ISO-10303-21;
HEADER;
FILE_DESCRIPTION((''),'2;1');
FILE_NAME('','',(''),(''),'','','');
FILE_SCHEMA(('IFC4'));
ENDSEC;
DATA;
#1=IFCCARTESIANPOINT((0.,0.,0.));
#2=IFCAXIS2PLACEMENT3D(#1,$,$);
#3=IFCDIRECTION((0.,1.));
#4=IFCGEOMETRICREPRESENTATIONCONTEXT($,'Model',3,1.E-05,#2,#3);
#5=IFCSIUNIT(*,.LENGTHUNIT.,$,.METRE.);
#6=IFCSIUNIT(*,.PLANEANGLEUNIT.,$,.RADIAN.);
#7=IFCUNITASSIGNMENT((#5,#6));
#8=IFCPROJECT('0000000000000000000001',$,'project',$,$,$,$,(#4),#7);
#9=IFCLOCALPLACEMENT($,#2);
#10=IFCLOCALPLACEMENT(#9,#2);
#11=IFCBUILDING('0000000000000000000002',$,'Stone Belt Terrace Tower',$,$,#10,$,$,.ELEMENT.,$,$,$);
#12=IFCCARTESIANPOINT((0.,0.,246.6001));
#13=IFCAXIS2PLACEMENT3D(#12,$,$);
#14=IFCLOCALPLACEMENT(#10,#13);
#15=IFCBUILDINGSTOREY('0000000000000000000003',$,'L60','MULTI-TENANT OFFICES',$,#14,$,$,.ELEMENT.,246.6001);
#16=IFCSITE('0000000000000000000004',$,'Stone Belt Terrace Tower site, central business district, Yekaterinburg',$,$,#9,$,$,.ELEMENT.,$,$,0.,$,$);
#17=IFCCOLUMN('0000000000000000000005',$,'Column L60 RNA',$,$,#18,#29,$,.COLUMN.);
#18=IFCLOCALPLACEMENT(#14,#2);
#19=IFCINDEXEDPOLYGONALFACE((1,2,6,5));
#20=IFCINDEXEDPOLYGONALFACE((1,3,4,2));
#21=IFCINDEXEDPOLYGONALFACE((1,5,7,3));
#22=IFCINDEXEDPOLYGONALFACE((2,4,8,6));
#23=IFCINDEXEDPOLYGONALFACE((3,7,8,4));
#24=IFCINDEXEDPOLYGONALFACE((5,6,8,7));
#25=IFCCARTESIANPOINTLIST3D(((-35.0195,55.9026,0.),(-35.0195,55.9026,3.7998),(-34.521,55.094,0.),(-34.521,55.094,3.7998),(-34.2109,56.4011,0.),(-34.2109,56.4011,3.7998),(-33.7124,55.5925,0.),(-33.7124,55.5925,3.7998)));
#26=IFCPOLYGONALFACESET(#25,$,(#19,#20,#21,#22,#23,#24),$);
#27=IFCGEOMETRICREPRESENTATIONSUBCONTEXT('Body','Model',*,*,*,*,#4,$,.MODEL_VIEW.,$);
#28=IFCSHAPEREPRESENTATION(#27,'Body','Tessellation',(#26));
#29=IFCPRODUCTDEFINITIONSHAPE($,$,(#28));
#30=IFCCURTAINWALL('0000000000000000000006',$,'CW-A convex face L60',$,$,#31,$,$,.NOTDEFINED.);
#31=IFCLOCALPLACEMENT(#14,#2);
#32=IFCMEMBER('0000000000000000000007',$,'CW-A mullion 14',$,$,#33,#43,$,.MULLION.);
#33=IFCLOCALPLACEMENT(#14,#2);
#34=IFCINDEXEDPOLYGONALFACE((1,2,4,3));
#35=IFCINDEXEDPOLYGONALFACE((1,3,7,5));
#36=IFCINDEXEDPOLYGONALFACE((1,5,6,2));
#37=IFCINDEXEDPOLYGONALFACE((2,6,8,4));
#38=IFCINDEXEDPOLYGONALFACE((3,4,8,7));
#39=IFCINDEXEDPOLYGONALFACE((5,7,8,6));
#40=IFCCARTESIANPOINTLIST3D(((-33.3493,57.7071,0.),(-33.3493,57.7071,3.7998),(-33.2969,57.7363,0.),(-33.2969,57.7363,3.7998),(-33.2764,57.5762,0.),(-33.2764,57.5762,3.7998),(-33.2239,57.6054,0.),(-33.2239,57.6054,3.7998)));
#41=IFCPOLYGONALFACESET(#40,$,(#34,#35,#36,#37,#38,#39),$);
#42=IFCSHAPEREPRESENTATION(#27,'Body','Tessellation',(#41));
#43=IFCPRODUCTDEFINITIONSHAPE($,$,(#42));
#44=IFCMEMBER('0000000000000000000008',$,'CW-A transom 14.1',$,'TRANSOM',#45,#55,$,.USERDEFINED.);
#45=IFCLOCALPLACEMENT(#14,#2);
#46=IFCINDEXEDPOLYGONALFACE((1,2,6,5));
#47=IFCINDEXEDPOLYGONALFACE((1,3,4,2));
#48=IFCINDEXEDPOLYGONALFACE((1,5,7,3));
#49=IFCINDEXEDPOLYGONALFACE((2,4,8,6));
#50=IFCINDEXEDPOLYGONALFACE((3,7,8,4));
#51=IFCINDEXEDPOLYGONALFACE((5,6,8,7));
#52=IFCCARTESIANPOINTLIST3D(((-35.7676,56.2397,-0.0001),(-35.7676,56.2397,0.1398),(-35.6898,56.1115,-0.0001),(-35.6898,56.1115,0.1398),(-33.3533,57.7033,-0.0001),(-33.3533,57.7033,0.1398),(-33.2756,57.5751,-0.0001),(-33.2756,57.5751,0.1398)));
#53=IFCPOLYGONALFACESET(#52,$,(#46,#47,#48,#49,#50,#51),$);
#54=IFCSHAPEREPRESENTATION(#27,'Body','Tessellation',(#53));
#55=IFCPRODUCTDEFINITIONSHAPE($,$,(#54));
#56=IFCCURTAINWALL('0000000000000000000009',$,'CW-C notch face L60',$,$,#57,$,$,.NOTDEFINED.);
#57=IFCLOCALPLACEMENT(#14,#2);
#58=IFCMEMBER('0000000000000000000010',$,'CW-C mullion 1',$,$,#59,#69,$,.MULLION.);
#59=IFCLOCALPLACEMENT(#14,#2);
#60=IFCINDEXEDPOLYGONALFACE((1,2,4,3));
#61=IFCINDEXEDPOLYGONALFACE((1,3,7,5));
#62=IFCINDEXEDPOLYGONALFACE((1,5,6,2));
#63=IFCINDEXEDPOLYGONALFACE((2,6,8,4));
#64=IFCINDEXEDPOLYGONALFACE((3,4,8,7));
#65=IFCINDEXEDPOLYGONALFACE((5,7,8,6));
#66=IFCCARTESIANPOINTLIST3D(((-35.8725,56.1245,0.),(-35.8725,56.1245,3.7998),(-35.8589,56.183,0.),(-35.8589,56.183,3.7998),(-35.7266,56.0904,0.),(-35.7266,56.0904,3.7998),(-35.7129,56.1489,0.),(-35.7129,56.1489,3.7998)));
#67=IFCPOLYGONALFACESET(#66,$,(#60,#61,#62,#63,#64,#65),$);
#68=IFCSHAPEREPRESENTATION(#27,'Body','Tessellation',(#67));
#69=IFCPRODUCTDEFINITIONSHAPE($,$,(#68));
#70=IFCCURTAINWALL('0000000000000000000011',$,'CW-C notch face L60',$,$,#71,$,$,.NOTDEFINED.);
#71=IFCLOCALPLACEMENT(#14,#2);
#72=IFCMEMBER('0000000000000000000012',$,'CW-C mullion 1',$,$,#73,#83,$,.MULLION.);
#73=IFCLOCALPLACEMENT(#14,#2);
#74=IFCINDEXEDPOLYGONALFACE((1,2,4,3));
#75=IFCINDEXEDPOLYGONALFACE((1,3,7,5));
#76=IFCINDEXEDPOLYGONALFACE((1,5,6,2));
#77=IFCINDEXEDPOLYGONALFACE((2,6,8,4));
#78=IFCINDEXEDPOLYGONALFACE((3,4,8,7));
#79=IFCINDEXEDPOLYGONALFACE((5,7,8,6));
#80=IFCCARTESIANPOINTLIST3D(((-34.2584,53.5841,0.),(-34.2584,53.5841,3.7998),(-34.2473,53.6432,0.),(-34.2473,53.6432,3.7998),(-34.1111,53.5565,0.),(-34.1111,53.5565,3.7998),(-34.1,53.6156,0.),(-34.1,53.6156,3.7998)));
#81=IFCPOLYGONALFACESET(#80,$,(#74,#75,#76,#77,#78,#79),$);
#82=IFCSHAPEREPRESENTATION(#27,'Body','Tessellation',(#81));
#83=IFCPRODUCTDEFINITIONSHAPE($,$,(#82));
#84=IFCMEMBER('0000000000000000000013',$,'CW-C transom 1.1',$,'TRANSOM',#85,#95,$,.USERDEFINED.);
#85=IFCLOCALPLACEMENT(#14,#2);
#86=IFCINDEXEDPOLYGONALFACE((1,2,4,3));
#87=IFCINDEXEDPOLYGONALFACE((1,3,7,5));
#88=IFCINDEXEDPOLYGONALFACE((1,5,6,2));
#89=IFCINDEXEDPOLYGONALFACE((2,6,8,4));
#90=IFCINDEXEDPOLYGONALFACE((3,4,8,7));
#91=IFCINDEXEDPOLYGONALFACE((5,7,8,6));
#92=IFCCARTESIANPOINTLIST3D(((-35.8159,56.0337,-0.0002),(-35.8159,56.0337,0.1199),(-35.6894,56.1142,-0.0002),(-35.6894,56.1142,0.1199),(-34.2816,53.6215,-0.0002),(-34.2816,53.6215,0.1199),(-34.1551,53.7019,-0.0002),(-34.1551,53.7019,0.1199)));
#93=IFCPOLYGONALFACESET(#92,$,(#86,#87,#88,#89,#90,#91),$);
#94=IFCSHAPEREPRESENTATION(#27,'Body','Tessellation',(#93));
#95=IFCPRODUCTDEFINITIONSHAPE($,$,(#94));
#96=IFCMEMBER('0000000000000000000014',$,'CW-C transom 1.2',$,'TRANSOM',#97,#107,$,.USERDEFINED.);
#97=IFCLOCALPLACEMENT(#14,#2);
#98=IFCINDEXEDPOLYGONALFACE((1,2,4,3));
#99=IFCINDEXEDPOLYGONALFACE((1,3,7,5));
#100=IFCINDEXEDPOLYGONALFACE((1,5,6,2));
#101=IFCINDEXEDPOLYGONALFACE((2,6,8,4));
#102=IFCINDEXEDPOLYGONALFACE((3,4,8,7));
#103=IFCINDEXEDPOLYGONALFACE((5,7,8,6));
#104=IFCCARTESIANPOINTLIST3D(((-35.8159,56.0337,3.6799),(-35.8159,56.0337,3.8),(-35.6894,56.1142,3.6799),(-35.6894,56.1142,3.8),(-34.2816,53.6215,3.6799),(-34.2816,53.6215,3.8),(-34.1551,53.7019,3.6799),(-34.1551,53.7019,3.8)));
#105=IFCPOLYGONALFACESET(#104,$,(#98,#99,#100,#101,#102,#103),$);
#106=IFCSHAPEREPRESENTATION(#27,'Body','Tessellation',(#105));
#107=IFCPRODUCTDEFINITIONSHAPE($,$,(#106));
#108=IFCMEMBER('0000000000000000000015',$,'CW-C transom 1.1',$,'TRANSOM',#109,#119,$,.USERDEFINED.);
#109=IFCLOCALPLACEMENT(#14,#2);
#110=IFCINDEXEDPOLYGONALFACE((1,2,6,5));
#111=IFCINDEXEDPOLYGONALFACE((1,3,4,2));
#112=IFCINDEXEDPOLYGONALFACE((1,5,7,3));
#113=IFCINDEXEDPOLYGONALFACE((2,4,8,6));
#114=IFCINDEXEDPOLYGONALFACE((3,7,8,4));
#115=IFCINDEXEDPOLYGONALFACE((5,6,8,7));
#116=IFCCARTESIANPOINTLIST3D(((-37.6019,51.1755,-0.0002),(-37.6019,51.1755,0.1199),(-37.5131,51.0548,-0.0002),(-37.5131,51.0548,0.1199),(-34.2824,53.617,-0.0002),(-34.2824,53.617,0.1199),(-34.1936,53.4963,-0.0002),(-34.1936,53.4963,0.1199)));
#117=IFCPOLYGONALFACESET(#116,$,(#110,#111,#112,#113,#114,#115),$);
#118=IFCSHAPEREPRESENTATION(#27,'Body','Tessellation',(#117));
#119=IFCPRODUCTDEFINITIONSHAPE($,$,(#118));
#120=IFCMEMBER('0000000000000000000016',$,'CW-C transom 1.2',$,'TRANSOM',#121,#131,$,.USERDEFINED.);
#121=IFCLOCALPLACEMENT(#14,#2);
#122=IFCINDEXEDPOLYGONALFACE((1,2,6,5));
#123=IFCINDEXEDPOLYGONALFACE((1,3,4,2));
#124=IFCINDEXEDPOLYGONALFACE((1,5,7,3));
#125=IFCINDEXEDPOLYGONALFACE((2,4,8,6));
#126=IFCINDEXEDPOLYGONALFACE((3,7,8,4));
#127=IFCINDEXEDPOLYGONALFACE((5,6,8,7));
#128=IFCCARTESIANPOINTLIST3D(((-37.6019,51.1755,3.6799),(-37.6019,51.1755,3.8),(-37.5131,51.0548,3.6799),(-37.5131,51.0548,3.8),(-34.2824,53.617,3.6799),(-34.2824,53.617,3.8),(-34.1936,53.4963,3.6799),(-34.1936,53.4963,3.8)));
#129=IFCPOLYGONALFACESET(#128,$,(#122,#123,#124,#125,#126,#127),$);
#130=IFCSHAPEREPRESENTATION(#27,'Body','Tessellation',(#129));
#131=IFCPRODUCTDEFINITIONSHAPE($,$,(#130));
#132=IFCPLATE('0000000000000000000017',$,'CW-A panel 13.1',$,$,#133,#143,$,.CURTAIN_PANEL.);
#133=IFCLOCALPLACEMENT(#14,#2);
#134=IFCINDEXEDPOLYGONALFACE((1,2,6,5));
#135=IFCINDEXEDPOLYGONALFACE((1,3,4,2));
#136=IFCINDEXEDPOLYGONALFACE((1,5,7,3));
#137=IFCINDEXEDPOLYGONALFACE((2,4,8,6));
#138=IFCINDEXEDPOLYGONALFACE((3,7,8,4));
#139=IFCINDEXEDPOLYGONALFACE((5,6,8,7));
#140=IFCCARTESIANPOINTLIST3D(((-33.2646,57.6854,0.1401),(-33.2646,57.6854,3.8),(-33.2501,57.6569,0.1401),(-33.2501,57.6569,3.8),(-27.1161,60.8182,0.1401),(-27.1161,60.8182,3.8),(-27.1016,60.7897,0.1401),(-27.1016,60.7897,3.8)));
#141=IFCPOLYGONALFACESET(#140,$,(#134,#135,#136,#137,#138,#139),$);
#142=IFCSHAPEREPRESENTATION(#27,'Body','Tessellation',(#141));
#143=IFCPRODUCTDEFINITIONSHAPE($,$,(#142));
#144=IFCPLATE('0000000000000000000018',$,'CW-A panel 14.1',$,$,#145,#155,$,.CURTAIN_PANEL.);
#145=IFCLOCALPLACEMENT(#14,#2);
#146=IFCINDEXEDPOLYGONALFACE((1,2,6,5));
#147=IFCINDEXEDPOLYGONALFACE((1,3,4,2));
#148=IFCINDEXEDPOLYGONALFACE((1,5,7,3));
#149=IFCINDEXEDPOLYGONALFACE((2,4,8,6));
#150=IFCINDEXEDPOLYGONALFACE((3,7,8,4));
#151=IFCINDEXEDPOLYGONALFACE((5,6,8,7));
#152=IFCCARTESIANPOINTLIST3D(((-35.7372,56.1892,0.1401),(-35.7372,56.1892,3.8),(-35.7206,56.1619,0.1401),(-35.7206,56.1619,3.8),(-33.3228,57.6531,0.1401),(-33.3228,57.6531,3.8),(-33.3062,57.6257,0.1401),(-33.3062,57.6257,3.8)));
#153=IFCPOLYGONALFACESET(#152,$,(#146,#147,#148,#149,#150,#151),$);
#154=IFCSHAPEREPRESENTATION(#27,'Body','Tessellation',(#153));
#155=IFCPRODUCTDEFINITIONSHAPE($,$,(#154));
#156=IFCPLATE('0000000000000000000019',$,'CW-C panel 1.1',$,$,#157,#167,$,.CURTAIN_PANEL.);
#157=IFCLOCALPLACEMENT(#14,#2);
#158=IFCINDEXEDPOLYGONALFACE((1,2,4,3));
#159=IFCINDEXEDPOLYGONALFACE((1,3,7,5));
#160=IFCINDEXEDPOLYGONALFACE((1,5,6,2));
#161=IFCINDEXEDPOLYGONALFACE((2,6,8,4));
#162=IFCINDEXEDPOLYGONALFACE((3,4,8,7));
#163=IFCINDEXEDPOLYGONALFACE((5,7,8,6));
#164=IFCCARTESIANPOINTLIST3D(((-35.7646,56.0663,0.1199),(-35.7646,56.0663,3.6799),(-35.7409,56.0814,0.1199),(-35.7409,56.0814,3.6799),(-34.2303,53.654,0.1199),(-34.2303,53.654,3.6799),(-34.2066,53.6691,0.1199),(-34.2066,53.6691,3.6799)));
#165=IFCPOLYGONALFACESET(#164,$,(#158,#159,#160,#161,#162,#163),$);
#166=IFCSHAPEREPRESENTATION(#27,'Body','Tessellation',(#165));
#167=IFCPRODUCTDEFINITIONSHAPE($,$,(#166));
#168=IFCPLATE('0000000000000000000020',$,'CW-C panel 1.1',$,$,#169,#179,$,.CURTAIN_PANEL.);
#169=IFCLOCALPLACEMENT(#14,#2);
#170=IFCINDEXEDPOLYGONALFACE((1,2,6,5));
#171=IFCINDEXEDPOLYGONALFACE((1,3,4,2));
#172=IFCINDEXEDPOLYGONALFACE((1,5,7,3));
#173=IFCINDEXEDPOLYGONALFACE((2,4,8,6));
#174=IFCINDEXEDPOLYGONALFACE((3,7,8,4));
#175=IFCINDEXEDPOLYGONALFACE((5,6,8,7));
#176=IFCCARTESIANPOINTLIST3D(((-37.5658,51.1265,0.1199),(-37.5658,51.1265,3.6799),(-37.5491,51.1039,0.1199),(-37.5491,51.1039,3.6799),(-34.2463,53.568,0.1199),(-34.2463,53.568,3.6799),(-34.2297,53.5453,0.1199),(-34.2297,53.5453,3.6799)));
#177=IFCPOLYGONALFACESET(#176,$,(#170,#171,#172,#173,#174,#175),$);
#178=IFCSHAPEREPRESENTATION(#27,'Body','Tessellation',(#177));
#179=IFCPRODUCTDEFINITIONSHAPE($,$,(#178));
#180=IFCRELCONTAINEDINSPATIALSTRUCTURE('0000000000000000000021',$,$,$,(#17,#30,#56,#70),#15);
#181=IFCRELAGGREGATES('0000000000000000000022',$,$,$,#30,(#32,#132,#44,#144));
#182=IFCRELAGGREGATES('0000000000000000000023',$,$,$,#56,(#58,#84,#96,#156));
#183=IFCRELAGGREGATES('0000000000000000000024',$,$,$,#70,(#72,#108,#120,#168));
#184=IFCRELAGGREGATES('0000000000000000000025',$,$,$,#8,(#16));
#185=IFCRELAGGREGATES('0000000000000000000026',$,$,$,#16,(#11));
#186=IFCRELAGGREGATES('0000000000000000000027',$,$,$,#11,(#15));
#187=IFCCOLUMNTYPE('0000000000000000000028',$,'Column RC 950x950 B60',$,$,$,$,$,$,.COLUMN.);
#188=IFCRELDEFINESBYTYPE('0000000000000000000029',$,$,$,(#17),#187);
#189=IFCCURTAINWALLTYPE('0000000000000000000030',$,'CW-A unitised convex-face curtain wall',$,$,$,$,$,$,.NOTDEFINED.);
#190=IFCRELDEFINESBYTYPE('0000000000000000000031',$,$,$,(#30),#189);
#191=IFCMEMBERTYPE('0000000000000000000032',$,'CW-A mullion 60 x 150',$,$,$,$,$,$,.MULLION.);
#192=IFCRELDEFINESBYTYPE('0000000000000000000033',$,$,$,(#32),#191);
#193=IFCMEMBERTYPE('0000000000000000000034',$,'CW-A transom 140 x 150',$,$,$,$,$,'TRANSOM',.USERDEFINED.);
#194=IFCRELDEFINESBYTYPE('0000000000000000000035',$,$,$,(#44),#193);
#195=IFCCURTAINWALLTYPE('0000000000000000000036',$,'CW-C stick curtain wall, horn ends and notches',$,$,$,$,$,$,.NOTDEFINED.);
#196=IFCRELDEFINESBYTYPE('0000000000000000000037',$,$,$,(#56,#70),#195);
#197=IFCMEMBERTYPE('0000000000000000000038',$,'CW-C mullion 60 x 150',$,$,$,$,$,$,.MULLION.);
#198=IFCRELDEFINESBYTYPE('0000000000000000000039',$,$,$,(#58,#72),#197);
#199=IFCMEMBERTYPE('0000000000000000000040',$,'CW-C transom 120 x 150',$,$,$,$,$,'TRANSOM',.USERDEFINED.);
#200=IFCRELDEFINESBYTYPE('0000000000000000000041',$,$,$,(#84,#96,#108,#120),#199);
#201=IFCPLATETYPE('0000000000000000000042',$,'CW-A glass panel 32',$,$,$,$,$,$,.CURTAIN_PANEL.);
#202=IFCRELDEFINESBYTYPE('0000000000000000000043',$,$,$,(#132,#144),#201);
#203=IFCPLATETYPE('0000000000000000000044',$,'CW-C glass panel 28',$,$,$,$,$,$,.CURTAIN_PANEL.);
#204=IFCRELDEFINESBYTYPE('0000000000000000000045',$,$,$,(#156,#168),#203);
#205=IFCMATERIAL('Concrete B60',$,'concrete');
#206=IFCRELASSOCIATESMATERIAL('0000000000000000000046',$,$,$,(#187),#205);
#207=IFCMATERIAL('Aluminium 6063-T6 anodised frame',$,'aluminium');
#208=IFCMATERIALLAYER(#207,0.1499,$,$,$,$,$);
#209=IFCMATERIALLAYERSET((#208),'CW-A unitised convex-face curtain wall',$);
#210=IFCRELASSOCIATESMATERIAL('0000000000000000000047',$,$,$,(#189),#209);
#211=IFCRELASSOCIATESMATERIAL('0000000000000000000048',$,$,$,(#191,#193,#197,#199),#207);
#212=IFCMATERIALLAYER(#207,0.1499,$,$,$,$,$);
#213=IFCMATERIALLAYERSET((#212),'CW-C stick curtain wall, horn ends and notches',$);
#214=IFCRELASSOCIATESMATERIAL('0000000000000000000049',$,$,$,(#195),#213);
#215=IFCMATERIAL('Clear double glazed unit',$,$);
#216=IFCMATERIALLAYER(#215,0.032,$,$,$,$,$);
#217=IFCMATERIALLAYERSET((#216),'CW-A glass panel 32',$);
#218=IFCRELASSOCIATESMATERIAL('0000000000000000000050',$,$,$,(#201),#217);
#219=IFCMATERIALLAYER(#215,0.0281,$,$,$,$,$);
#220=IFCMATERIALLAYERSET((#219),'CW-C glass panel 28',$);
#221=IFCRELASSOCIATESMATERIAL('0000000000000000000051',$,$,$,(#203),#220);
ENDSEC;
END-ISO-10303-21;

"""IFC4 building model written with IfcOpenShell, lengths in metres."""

from ifc_helpers import new_model, si_unit, direction, frame, origin, origin_2d, place, context, subcontext, project, spatial, rectangle, extrude, material, layer, layer_set, material_profile, profile_set, type_object, element, aggregate, save


model = new_model("IFC4")

# Units and contexts
model_context = context("Model", 3, precision=1e-05, world=origin(), true_north=direction((0.0, 1.0)))
body_context = subcontext(model_context, "Body", "Model", "MODEL_VIEW")
ifc_project = project(units=[si_unit("LENGTHUNIT", "METRE"), si_unit("PLANEANGLEUNIT", "RADIAN")], contexts=[model_context])

# Site, building, storey
site_placement = place(None, origin())
site = spatial("IfcSite", under=ifc_project, at=site_placement, Name="Stone Belt Terrace Tower site, central business district, Yekaterinburg", CompositionType="ELEMENT", RefElevation=0.0)
building_placement = place(site_placement, origin())
building = spatial("IfcBuilding", under=site, at=building_placement, Name="Stone Belt Terrace Tower", CompositionType="ELEMENT")
storey_placement = place(building_placement, frame((0.0, 0.0, 246.6001)))
storey = spatial("IfcBuildingStorey", under=building, at=storey_placement, Name="L60", Description="MULTI-TENANT OFFICES", CompositionType="ELEMENT", Elevation=246.6001)

# Column
ifc_material_1 = material(Name="Concrete B60", Category="concrete")
ifc_material_profile_1 = material_profile(ifc_material_1, rectangle(XDim=0.95, YDim=0.95, at=origin_2d()), Name="RC 950x950")
ifc_profile_set_1 = profile_set([ifc_material_profile_1], Name="Concrete B60")
column_type = type_object("IfcColumnType", Name="Column RC 950x950 B60", PredefinedType="COLUMN", material=ifc_profile_set_1)
column_placement = place(storey_placement, frame((-34.366, 55.7476, 0.0), z_axis=(0.0, 0.0, 1.0), x_axis=(0.851251, 0.524759, 0.0)))
element("IfcColumn", 1, at=column_placement, inside=storey, type_object=column_type, Name="Column L60 RNA", PredefinedType="COLUMN", context=body_context, shape_type="SweptSolid", body=[
    extrude(rectangle(XDim=0.95, YDim=0.95, at=origin_2d()), origin(), (0.0, 0.0, 1.0), 3.7998),
])

# Curtain wall, members
ifc_material_2 = material(Name="Aluminium 6063-T6 anodised frame", Category="aluminium")
ifc_layer_1 = layer(ifc_material_2, 0.1499)
ifc_layer_set_1 = layer_set([ifc_layer_1], Name="CW-A unitised convex-face curtain wall")
curtain_wall_type_1 = type_object("IfcCurtainWallType", Name="CW-A unitised convex-face curtain wall", PredefinedType="NOTDEFINED", material=ifc_layer_set_1)
curtain_wall_1_placement = place(storey_placement, origin())
curtain_wall_1 = element("IfcCurtainWall", 2, at=curtain_wall_1_placement, inside=storey, type_object=curtain_wall_type_1, Name="CW-A convex face L60", PredefinedType="NOTDEFINED")
ifc_material_profile_2 = material_profile(ifc_material_2, rectangle(XDim=0.1499, YDim=0.0601, at=origin_2d()), Name="Aluminium 6063-T6 60x150")
ifc_profile_set_2 = profile_set([ifc_material_profile_2], Name="Aluminium 6063-T6 anodised frame")
member_type_1 = type_object("IfcMemberType", Name="CW-A mullion 60 x 150", PredefinedType="MULLION", material=ifc_profile_set_2)
member_1_placement = place(storey_placement, frame((-33.2866, 57.6562, 0.0), z_axis=(0.0, 0.0, 1.0), x_axis=(0.486552, -0.873651, 0.0)))
member_1 = element("IfcMember", 3, at=member_1_placement, type_object=member_type_1, Name="CW-A mullion 14", PredefinedType="MULLION", context=body_context, shape_type="SweptSolid", body=[
    extrude(rectangle(XDim=0.1499, YDim=0.0601, at=origin_2d()), origin(), (0.0, 0.0, 1.0), 3.7998),
])
ifc_material_profile_3 = material_profile(ifc_material_2, rectangle(XDim=0.1499, YDim=0.1399, at=origin_2d()), Name="Aluminium 6063-T6 150x140")
ifc_profile_set_3 = profile_set([ifc_material_profile_3], Name="Aluminium 6063-T6 anodised frame")
member_type_2 = type_object("IfcMemberType", Name="CW-A transom 140 x 150", ElementType="TRANSOM", PredefinedType="USERDEFINED", material=ifc_profile_set_3)
member_2_placement = place(storey_placement, frame((-33.3145, 57.6392, 0.0698), z_axis=(-0.855134, -0.518407, 0.0), x_axis=(0.518407, -0.855134, 0.0)))
member_2 = element("IfcMember", 4, at=member_2_placement, type_object=member_type_2, Name="CW-A transom 14.1", ObjectType="TRANSOM", PredefinedType="USERDEFINED", context=body_context, shape_type="SweptSolid", body=[
    extrude(rectangle(XDim=0.1499, YDim=0.1399, at=origin_2d()), origin(), (0.0, 0.0, 1.0), 2.8232),
])

# Curtain walls, members
ifc_layer_2 = layer(ifc_material_2, 0.1499)
ifc_layer_set_2 = layer_set([ifc_layer_2], Name="CW-C stick curtain wall, horn ends and notches")
curtain_wall_type_2 = type_object("IfcCurtainWallType", Name="CW-C stick curtain wall, horn ends and notches", PredefinedType="NOTDEFINED", material=ifc_layer_set_2)
curtain_wall_2_placement = place(storey_placement, origin())
curtain_wall_2 = element("IfcCurtainWall", 5, at=curtain_wall_2_placement, inside=storey, type_object=curtain_wall_type_2, Name="CW-C notch face L60", PredefinedType="NOTDEFINED")
ifc_material_profile_4 = material_profile(ifc_material_2, rectangle(XDim=0.1499, YDim=0.0601, at=origin_2d()), Name="Aluminium 6063-T6 60x150")
ifc_profile_set_4 = profile_set([ifc_material_profile_4], Name="Aluminium 6063-T6 anodised frame")
member_type_3 = type_object("IfcMemberType", Name="CW-C mullion 60 x 150", PredefinedType="MULLION", material=ifc_profile_set_4)
member_3_placement = place(storey_placement, frame((-35.7927, 56.1367, 0.0), z_axis=(0.0, 0.0, 1.0), x_axis=(0.973749, -0.227626, 0.0)))
member_3 = element("IfcMember", 6, at=member_3_placement, type_object=member_type_3, Name="CW-C mullion 1", PredefinedType="MULLION", context=body_context, shape_type="SweptSolid", body=[
    extrude(rectangle(XDim=0.1499, YDim=0.0601, at=origin_2d()), origin(), (0.0, 0.0, 1.0), 3.7998),
])
curtain_wall_3_placement = place(storey_placement, origin())
curtain_wall_3 = element("IfcCurtainWall", 7, at=curtain_wall_3_placement, inside=storey, type_object=curtain_wall_type_2, Name="CW-C notch face L60", PredefinedType="NOTDEFINED")
member_4_placement = place(storey_placement, frame((-34.1792, 53.5999, 0.0), z_axis=(0.0, 0.0, 1.0), x_axis=(0.982921, -0.184029, 0.0)))
member_4 = element("IfcMember", 8, at=member_4_placement, type_object=member_type_3, Name="CW-C mullion 1", PredefinedType="MULLION", context=body_context, shape_type="SweptSolid", body=[
    extrude(rectangle(XDim=0.1499, YDim=0.0601, at=origin_2d()), origin(), (0.0, 0.0, 1.0), 3.7998),
])

# Members
ifc_material_profile_5 = material_profile(ifc_material_2, rectangle(XDim=0.1499, YDim=0.1201, at=origin_2d()), Name="Aluminium 6063-T6 150x120")
ifc_profile_set_5 = profile_set([ifc_material_profile_5], Name="Aluminium 6063-T6 anodised frame")
member_type_4 = type_object("IfcMemberType", Name="CW-C transom 120 x 150", ElementType="TRANSOM", PredefinedType="USERDEFINED", material=ifc_profile_set_5)
member_5_placement = place(storey_placement, frame((-35.7527, 56.074, 0.0598), z_axis=(0.536699, -0.843774, 0.0), x_axis=(0.843774, 0.536699, 0.0)))
member_5 = element("IfcMember", 9, at=member_5_placement, type_object=member_type_4, Name="CW-C transom 1.1", ObjectType="TRANSOM", PredefinedType="USERDEFINED", context=body_context, shape_type="SweptSolid", body=[
    extrude(rectangle(XDim=0.1499, YDim=0.1201, at=origin_2d()), origin(), (0.0, 0.0, 1.0), 2.8589),
])
member_6_placement = place(storey_placement, frame((-35.7527, 56.074, 3.74), z_axis=(0.536699, -0.843774, 0.0), x_axis=(0.843774, 0.536699, 0.0)))
member_6 = element("IfcMember", 10, at=member_6_placement, type_object=member_type_4, Name="CW-C transom 1.2", ObjectType="TRANSOM", PredefinedType="USERDEFINED", context=body_context, shape_type="SweptSolid", body=[
    extrude(rectangle(XDim=0.1499, YDim=0.1201, at=origin_2d()), origin(), (0.0, 0.0, 1.0), 2.8589),
])
member_7_placement = place(storey_placement, frame((-34.238, 53.5566, 0.0598), z_axis=(-0.805568, -0.592504, 0.0), x_axis=(0.592504, -0.805568, 0.0)))
member_7 = element("IfcMember", 11, at=member_7_placement, type_object=member_type_4, Name="CW-C transom 1.1", ObjectType="TRANSOM", PredefinedType="USERDEFINED", context=body_context, shape_type="SweptSolid", body=[
    extrude(rectangle(XDim=0.1499, YDim=0.1201, at=origin_2d()), origin(), (0.0, 0.0, 1.0), 4.1206),
])
member_8_placement = place(storey_placement, frame((-34.238, 53.5566, 3.74), z_axis=(-0.805568, -0.592504, 0.0), x_axis=(0.592504, -0.805568, 0.0)))
member_8 = element("IfcMember", 12, at=member_8_placement, type_object=member_type_4, Name="CW-C transom 1.2", ObjectType="TRANSOM", PredefinedType="USERDEFINED", context=body_context, shape_type="SweptSolid", body=[
    extrude(rectangle(XDim=0.1499, YDim=0.1201, at=origin_2d()), origin(), (0.0, 0.0, 1.0), 4.1206),
])

# Plates
ifc_material_3 = material(Name="Clear double glazed unit")
ifc_layer_3 = layer(ifc_material_3, 0.032)
ifc_layer_set_3 = layer_set([ifc_layer_3], Name="CW-A glass panel 32")
plate_type_1 = type_object("IfcPlateType", Name="CW-A glass panel 32", PredefinedType="CURTAIN_PANEL", material=ifc_layer_set_3)
plate_1_placement = place(storey_placement, frame((-30.1831, 59.2375, 0.1401), z_axis=(0.0, 0.0, 1.0), x_axis=(-0.891007, -0.45399, 0.0)))
plate_1 = element("IfcPlate", 13, at=plate_1_placement, type_object=plate_type_1, Name="CW-A panel 13.1", PredefinedType="CURTAIN_PANEL", context=body_context, shape_type="SweptSolid", body=[
    extrude(rectangle(XDim=6.9006, YDim=0.032, at=origin_2d()), origin(), (0.0, 0.0, 1.0), 3.6599),
])
plate_2_placement = place(storey_placement, frame((-34.5217, 56.9075, 0.1401), z_axis=(0.0, 0.0, 1.0), x_axis=(-0.855107, -0.518452, 0.0)))
plate_2 = element("IfcPlate", 14, at=plate_2_placement, type_object=plate_type_1, Name="CW-A panel 14.1", PredefinedType="CURTAIN_PANEL", context=body_context, shape_type="SweptSolid", body=[
    extrude(rectangle(XDim=2.8235, YDim=0.032, at=origin_2d()), origin(), (0.0, 0.0, 1.0), 3.6599),
])
aggregate(curtain_wall_1, [member_1, plate_1, member_2, plate_2])
ifc_layer_4 = layer(ifc_material_3, 0.0281)
ifc_layer_set_4 = layer_set([ifc_layer_4], Name="CW-C glass panel 28")
plate_type_2 = type_object("IfcPlateType", Name="CW-C glass panel 28", PredefinedType="CURTAIN_PANEL", material=ifc_layer_set_4)
plate_3_placement = place(storey_placement, frame((-34.9856, 54.8677, 0.1199), z_axis=(0.0, 0.0, 1.0), x_axis=(0.536665, -0.843795, 0.0)))
plate_3 = element("IfcPlate", 15, at=plate_3_placement, type_object=plate_type_2, Name="CW-C panel 1.1", PredefinedType="CURTAIN_PANEL", context=body_context, shape_type="SweptSolid", body=[
    extrude(rectangle(XDim=2.8589, YDim=0.0281, at=origin_2d()), origin(), (0.0, 0.0, 1.0), 3.5601),
])
aggregate(curtain_wall_2, [member_3, member_5, member_6, plate_3])
plate_4_placement = place(storey_placement, frame((-35.8977, 52.3359, 0.1199), z_axis=(0.0, 0.0, 1.0), x_axis=(-0.805576, -0.592492, 0.0)))
plate_4 = element("IfcPlate", 16, at=plate_4_placement, type_object=plate_type_2, Name="CW-C panel 1.1", PredefinedType="CURTAIN_PANEL", context=body_context, shape_type="SweptSolid", body=[
    extrude(rectangle(XDim=4.1206, YDim=0.0281, at=origin_2d()), origin(), (0.0, 0.0, 1.0), 3.5601),
])
aggregate(curtain_wall_3, [member_4, member_7, member_8, plate_4])

save(model, "model.ifc")
